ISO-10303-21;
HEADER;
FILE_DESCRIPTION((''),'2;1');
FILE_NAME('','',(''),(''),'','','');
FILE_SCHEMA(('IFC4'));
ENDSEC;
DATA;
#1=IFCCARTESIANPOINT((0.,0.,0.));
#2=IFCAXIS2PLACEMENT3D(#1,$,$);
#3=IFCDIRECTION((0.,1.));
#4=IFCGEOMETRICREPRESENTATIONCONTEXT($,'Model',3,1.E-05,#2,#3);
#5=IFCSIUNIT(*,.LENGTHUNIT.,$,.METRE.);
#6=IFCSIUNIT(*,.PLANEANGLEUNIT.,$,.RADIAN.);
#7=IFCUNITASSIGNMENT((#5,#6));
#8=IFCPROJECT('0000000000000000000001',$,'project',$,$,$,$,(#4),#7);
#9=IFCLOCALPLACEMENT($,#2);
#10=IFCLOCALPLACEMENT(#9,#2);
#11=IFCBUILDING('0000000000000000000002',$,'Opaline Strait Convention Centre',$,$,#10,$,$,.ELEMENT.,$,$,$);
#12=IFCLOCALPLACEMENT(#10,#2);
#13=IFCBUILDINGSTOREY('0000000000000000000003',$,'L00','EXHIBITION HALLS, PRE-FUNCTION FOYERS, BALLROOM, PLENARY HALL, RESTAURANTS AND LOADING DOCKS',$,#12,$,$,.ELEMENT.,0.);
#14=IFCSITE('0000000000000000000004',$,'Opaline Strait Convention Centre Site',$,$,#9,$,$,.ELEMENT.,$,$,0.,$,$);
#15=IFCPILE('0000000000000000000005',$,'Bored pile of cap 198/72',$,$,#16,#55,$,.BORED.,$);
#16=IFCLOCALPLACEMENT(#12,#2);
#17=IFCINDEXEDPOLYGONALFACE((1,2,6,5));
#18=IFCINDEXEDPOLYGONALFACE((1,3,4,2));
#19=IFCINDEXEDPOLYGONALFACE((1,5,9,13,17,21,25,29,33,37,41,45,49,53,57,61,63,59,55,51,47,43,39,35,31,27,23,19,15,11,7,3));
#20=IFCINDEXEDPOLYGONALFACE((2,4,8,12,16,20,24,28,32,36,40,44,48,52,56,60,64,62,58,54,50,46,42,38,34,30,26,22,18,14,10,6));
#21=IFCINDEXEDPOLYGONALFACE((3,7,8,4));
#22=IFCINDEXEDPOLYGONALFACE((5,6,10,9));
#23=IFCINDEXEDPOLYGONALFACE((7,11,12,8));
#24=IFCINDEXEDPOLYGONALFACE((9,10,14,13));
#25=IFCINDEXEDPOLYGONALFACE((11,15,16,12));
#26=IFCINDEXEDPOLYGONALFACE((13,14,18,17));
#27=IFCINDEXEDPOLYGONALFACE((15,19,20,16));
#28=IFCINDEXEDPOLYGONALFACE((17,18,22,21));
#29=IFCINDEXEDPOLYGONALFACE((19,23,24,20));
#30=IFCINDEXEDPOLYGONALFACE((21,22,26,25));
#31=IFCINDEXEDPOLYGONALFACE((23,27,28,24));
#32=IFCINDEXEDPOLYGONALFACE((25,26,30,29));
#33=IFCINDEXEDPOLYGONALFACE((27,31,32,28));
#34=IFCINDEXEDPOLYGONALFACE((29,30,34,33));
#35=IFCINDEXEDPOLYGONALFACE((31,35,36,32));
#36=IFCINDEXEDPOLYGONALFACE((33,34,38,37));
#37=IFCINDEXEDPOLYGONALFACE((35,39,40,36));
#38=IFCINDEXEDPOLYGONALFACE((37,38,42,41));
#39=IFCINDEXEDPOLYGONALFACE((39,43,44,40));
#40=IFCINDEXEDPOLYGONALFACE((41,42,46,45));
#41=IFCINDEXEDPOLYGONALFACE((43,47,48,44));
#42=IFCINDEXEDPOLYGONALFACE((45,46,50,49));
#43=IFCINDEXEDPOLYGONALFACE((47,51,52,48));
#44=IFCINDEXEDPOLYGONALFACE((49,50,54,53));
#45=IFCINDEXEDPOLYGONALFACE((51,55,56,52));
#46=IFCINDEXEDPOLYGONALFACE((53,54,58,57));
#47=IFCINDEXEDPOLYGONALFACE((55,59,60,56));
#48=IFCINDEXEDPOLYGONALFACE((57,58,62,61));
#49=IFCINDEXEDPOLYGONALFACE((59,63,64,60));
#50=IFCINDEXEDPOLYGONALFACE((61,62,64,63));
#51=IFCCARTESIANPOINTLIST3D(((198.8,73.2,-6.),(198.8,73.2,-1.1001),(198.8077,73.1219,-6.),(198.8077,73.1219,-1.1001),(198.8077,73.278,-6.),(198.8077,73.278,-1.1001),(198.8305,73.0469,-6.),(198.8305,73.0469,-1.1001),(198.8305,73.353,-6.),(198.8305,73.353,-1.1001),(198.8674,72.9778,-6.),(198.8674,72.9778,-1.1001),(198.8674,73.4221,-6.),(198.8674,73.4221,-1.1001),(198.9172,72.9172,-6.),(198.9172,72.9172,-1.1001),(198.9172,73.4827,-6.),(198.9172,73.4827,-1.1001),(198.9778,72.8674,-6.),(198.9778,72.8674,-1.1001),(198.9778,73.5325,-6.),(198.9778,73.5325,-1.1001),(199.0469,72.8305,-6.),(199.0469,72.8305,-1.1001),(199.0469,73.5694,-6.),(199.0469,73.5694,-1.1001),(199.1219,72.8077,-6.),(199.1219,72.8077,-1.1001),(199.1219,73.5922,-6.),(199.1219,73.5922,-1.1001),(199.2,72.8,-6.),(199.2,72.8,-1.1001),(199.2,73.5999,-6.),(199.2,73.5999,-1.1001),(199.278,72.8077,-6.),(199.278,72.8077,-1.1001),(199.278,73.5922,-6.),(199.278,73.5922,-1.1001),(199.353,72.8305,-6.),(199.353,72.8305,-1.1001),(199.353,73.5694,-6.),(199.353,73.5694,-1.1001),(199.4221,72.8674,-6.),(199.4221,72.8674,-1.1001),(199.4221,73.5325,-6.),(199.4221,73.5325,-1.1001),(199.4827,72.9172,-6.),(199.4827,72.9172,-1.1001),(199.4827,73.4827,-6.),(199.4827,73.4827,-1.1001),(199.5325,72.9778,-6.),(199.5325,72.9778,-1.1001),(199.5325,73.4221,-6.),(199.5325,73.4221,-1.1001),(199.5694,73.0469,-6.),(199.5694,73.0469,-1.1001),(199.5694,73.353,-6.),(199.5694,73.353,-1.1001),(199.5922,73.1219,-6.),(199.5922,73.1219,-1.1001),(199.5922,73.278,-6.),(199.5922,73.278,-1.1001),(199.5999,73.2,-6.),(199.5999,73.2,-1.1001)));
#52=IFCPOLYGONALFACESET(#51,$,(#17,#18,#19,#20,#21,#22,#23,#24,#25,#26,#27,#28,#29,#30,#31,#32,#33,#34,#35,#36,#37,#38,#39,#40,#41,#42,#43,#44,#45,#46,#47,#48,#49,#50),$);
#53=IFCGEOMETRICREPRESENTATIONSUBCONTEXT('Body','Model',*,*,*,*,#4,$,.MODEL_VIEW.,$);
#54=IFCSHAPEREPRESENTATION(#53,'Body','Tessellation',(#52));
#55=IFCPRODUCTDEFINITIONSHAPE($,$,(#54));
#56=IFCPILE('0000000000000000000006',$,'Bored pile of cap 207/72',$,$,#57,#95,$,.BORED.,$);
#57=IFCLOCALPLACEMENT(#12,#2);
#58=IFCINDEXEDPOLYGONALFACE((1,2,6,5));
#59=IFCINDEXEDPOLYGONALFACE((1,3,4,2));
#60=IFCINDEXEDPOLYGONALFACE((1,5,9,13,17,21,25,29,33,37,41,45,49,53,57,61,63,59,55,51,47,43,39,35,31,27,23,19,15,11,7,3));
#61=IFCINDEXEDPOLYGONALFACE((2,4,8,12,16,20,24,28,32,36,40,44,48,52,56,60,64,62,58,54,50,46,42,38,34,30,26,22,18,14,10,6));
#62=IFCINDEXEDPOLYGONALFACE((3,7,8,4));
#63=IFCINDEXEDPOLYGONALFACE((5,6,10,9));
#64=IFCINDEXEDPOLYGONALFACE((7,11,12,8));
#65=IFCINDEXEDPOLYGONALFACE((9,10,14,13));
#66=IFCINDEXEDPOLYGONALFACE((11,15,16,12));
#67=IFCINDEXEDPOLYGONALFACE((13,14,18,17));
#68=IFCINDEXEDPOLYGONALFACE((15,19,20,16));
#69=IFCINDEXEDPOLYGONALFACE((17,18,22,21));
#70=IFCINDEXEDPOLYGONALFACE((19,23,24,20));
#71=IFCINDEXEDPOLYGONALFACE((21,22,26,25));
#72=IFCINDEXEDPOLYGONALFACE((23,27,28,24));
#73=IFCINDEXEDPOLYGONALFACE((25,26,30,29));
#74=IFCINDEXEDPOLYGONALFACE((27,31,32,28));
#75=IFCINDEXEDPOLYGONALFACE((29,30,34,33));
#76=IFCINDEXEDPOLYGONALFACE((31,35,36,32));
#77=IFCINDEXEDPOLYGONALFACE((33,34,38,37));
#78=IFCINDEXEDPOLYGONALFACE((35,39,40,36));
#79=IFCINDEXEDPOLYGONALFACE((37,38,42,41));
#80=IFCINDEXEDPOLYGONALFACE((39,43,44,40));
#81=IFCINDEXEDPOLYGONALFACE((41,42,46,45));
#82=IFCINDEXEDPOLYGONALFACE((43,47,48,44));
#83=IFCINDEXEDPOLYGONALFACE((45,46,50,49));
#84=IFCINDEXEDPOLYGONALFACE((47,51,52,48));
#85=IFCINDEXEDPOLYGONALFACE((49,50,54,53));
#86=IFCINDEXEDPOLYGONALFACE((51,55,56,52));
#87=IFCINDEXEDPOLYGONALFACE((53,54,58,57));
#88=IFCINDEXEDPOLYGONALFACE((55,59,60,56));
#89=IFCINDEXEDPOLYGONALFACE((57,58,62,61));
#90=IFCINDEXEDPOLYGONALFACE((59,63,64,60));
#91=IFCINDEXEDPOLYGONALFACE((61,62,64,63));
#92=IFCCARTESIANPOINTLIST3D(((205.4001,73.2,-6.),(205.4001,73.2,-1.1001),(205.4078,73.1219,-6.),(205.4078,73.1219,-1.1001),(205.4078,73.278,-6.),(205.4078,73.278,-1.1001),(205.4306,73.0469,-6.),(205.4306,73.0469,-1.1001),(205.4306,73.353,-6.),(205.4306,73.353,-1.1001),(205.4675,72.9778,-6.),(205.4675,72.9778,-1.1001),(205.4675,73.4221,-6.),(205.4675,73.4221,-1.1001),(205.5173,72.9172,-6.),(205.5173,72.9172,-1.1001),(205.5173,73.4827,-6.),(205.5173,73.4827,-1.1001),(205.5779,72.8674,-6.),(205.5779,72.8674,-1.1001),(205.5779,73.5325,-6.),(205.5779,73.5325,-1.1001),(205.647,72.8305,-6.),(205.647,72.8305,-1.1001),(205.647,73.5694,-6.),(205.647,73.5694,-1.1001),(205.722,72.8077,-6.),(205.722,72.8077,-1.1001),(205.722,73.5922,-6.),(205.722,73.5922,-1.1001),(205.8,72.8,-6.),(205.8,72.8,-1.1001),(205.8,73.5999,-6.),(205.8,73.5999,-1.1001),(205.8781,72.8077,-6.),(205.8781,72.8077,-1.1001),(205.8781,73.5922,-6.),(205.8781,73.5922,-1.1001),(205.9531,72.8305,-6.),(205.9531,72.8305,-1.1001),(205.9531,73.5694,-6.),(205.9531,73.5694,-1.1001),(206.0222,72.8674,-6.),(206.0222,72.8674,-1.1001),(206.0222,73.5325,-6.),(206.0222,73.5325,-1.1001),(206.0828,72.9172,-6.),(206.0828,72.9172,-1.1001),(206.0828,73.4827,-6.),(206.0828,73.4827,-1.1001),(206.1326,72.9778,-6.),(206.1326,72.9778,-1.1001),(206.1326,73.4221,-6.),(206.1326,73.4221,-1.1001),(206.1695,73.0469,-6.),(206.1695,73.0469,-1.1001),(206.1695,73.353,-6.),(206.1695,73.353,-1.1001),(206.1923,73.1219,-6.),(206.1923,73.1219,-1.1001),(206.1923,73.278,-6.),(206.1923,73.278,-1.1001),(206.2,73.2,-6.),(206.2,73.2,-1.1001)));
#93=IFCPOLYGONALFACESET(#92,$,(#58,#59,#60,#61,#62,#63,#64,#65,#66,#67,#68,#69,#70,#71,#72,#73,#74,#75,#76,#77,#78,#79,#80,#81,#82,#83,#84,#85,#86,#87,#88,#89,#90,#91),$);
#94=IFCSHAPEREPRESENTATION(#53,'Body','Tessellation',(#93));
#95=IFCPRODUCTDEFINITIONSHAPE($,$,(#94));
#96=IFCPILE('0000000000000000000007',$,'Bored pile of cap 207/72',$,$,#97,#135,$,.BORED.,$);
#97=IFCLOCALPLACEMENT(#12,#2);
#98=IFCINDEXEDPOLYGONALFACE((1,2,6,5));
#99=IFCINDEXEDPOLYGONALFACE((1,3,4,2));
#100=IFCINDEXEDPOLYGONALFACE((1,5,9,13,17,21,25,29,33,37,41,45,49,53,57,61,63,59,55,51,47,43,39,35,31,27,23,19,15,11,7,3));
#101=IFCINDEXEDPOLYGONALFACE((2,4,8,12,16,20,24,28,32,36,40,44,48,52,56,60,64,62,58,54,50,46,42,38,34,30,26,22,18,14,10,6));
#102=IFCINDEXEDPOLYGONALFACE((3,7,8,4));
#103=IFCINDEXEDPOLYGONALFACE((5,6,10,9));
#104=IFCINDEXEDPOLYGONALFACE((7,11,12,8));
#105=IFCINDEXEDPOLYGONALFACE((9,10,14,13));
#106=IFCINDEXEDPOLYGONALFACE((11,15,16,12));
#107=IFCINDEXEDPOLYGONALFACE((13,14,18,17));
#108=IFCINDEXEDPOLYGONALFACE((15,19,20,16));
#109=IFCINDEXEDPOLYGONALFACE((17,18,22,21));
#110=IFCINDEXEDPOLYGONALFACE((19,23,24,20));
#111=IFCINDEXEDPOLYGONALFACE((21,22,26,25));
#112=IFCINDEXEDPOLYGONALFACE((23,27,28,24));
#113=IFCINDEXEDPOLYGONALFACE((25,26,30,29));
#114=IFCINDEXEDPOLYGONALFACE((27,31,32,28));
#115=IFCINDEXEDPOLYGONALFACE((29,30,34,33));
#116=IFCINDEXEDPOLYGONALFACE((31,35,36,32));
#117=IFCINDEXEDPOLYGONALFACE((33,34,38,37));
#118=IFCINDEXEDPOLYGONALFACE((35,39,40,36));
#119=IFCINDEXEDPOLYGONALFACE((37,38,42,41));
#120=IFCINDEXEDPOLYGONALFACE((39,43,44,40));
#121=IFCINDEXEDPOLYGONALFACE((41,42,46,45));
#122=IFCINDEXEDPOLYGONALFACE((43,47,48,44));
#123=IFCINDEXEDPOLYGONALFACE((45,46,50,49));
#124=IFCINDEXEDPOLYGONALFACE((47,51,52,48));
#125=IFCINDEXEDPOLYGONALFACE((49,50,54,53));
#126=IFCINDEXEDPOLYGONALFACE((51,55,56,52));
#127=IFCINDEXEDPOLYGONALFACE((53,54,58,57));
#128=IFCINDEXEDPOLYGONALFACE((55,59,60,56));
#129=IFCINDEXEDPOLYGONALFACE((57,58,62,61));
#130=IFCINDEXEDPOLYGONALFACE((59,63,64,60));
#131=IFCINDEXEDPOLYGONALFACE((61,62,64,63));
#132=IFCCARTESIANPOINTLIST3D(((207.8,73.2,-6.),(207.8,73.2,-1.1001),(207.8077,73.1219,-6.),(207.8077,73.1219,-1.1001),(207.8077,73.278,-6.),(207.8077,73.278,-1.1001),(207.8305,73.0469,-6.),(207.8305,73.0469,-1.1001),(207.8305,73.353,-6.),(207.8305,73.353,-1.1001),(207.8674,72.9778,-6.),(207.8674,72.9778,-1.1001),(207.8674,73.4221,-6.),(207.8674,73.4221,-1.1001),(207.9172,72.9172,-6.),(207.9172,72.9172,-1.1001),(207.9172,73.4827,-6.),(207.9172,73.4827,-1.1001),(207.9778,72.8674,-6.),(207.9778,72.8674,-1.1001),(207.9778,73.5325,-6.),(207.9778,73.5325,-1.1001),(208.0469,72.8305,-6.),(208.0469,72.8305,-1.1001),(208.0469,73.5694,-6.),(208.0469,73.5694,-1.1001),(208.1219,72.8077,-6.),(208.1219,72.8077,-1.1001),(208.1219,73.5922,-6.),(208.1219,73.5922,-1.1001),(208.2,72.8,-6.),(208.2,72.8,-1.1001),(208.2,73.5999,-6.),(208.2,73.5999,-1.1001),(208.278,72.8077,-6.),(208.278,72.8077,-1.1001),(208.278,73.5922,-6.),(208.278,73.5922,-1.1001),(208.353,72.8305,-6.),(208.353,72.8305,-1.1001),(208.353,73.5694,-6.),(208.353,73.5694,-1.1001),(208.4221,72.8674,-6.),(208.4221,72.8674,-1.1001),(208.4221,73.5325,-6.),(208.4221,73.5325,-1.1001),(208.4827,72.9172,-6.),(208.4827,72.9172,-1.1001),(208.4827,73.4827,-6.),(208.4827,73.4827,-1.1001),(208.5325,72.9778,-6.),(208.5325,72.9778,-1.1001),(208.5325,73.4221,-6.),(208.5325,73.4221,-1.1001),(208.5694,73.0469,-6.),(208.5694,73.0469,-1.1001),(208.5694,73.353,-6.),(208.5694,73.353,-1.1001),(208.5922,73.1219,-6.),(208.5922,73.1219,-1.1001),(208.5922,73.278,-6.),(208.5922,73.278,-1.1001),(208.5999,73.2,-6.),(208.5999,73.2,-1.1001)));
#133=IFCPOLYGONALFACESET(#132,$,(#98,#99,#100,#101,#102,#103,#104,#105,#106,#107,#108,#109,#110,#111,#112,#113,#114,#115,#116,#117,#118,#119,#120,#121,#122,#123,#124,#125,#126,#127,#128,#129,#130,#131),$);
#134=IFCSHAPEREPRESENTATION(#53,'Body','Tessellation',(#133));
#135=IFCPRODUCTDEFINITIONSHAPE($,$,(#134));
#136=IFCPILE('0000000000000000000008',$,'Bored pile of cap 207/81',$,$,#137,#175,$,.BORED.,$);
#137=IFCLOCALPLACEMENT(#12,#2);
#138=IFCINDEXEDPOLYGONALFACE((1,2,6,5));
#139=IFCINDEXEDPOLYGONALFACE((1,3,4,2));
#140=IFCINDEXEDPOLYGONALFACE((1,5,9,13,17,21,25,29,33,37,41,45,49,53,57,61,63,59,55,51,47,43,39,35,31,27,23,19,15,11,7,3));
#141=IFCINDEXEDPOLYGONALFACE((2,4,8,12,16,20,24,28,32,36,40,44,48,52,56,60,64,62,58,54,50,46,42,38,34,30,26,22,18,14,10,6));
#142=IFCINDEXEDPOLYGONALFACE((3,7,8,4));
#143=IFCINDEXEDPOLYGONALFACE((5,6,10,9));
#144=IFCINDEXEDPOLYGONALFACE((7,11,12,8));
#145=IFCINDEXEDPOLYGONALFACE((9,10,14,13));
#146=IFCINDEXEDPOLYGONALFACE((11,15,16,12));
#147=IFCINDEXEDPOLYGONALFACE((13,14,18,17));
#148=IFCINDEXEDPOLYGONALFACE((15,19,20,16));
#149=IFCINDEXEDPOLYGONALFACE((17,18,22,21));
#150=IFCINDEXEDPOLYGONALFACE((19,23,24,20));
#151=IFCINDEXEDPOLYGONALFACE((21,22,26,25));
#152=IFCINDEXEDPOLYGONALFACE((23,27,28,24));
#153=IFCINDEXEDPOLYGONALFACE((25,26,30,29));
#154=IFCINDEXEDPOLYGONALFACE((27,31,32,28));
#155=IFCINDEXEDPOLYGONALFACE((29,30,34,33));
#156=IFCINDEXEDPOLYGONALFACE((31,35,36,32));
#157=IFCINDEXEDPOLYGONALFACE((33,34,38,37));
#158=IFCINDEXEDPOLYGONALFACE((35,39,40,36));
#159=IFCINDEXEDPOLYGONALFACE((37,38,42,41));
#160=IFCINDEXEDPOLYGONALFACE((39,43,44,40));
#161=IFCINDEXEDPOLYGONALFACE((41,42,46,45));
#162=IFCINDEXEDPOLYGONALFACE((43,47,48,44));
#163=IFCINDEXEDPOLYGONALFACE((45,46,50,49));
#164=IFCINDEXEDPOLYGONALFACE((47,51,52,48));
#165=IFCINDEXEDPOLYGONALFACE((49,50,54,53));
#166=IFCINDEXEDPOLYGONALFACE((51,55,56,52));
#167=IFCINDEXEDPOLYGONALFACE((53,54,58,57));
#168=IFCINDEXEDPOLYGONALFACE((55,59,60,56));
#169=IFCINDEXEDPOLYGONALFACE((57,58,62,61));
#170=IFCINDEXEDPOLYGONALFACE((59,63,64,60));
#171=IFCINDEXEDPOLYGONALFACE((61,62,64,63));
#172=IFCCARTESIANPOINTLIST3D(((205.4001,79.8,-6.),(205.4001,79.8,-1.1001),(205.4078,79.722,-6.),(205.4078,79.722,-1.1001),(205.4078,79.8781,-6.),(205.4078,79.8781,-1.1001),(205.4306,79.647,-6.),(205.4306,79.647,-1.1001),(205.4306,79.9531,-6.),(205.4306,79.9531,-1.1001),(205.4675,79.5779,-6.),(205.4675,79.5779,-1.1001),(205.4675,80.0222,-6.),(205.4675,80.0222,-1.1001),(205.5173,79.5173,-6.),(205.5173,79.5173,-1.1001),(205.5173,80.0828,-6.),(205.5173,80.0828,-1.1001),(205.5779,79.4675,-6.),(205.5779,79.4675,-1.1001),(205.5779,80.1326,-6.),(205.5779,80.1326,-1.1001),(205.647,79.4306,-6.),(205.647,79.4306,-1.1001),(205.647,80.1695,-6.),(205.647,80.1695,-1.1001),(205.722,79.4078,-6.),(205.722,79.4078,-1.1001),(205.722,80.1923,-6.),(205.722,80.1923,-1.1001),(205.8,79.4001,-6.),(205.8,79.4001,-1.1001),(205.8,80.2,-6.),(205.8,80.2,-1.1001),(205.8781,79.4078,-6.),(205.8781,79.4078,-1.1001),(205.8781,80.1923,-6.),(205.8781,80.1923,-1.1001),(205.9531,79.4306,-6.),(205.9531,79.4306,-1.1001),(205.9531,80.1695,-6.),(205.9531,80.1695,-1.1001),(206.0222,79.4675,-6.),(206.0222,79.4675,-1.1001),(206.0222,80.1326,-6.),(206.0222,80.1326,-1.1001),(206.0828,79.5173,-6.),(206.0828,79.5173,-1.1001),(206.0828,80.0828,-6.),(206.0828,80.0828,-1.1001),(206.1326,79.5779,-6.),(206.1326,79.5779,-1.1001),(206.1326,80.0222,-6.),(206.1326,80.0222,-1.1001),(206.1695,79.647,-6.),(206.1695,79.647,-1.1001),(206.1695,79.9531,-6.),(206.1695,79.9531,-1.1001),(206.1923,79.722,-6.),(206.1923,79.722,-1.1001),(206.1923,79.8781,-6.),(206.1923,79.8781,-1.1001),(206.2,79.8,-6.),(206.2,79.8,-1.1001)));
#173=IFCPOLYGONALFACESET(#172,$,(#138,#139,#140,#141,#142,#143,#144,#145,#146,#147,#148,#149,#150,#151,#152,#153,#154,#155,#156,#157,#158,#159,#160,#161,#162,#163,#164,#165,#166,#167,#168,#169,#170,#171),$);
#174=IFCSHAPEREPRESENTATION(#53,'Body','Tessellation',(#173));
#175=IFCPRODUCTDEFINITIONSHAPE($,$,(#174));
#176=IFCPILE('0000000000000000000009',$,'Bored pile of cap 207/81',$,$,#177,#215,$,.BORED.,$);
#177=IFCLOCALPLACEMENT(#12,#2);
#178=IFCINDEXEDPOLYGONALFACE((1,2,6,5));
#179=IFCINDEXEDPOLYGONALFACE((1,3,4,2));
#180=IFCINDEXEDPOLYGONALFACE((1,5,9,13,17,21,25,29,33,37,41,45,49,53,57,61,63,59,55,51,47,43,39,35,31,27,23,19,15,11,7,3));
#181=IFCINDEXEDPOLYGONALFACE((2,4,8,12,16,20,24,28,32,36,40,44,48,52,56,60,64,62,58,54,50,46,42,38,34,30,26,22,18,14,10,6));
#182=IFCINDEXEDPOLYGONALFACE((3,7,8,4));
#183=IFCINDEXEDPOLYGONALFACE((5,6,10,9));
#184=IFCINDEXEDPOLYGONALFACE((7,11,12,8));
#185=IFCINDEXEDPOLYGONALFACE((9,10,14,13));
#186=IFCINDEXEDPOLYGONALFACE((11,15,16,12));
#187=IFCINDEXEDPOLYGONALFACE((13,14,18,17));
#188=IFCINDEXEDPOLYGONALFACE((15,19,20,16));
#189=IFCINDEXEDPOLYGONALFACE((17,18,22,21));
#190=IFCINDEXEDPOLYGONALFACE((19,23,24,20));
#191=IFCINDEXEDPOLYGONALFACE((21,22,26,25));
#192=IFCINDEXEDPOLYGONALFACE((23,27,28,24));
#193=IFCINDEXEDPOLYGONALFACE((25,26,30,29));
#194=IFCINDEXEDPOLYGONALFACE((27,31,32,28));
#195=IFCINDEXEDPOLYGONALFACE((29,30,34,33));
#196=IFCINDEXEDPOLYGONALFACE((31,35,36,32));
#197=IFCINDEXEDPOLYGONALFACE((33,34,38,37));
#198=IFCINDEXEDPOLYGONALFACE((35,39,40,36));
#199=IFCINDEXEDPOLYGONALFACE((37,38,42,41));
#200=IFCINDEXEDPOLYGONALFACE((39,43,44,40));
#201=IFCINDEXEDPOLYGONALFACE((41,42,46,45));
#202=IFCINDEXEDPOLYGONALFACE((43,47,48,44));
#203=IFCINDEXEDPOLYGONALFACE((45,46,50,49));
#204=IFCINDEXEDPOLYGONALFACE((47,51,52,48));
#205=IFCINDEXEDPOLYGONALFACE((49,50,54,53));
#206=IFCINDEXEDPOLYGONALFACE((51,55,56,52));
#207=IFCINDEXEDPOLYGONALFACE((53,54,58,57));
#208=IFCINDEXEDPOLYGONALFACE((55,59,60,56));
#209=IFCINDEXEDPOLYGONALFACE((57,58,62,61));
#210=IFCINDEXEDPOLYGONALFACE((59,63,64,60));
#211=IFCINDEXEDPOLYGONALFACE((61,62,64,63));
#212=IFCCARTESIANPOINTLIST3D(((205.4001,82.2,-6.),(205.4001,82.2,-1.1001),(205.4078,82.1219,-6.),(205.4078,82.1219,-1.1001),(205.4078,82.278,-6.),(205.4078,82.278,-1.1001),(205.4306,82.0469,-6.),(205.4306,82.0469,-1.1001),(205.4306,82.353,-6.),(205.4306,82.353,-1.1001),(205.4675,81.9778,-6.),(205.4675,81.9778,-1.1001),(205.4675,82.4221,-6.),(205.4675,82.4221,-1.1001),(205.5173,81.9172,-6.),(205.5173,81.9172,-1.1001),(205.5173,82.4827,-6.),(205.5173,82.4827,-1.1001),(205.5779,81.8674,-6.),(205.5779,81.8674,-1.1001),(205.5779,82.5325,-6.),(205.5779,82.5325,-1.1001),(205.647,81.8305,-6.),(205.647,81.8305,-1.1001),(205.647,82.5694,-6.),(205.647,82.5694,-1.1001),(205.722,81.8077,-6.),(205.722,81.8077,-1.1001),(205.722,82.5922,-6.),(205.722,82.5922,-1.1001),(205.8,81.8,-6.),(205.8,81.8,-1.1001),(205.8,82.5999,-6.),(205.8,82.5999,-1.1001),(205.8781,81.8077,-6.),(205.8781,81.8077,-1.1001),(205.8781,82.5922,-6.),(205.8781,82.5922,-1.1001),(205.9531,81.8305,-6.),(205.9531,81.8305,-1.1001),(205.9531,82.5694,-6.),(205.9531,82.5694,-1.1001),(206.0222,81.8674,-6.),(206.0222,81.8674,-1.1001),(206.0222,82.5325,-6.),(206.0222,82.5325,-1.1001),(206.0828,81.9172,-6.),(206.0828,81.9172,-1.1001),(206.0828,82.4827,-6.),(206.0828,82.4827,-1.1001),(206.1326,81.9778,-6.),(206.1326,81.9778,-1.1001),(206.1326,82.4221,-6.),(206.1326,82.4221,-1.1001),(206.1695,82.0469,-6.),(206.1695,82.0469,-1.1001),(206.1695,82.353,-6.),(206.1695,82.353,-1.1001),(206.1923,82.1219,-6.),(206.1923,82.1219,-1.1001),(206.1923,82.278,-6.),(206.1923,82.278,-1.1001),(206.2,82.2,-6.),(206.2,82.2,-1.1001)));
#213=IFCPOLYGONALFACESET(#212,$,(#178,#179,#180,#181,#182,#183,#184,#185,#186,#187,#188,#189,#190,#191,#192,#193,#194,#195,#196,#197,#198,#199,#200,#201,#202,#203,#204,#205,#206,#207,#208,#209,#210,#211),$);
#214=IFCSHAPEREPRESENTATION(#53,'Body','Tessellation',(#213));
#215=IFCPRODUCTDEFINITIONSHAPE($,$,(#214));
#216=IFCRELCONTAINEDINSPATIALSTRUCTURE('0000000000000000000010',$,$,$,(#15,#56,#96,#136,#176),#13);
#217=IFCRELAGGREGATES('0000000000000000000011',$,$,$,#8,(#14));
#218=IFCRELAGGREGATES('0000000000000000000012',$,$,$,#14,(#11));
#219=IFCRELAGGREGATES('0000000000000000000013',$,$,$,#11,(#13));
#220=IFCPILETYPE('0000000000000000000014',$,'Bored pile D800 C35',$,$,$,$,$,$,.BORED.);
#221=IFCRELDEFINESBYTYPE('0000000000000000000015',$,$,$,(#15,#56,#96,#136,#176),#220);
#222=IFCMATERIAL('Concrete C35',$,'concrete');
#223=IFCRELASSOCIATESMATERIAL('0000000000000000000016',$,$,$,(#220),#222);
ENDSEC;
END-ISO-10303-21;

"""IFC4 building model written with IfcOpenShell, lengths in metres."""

from ifc_helpers import new_model, si_unit, direction, frame, origin, origin_2d, place, context, subcontext, project, spatial, circle, extrude, material, material_profile, profile_set, type_object, element, save


model = new_model("IFC4")

# Units and contexts
model_context = context("Model", 3, precision=1e-05, world=origin(), true_north=direction((0.0, 1.0)))
body_context = subcontext(model_context, "Body", "Model", "MODEL_VIEW")
ifc_project = project(units=[si_unit("LENGTHUNIT", "METRE"), si_unit("PLANEANGLEUNIT", "RADIAN")], contexts=[model_context])

# Site, building, storey
site_placement = place(None, origin())
site = spatial("IfcSite", under=ifc_project, at=site_placement, Name="Opaline Strait Convention Centre Site", CompositionType="ELEMENT", RefElevation=0.0)
building_placement = place(site_placement, origin())
building = spatial("IfcBuilding", under=site, at=building_placement, Name="Opaline Strait Convention Centre", CompositionType="ELEMENT")
storey_placement = place(building_placement, origin())
storey = spatial("IfcBuildingStorey", under=building, at=storey_placement, Name="L00", Description="EXHIBITION HALLS, PRE-FUNCTION FOYERS, BALLROOM, PLENARY HALL, RESTAURANTS AND LOADING DOCKS", CompositionType="ELEMENT", Elevation=0.0)

# Piles
ifc_material_1 = material(Name="Concrete C35", Category="concrete")
ifc_material_profile_1 = material_profile(ifc_material_1, circle(Radius=0.3999, at=origin_2d()), Name="D800")
ifc_profile_set_1 = profile_set([ifc_material_profile_1], Name="Concrete C35")
pile_type = type_object("IfcPileType", Name="Bored pile D800 C35", PredefinedType="BORED", material=ifc_profile_set_1)
for number, where, z_axis, x_axis, name in (
    (1, (199.2, 73.2, -1.1001), (0.0, 0.0, -1.0), (1.0, 0.0, 0.0), "Bored pile of cap 198/72"),
    (2, (205.8, 73.2, -1.1001), (0.0, 0.0, -1.0), (1.0, 0.0, 0.0), "Bored pile of cap 207/72"),
    (3, (208.2, 73.2, -1.1001), (0.0, 0.0, -1.0), (1.0, 0.0, 0.0), "Bored pile of cap 207/72"),
    (4, (205.8, 79.8, -1.1001), (0.0, 0.0, -1.0), (1.0, 0.0, 0.0), "Bored pile of cap 207/81"),
    (5, (205.8, 82.2, -1.1001), (0.0, 0.0, -1.0), (1.0, 0.0, 0.0), "Bored pile of cap 207/81"),
):
    element("IfcPile", number, at=place(storey_placement, frame(where, z_axis=z_axis, x_axis=x_axis)), inside=storey, type_object=pile_type, Name=name, PredefinedType="BORED", context=body_context, shape_type="SweptSolid", body=[
        extrude(circle(Radius=0.3999, at=origin_2d()), origin(), (0.0, 0.0, 1.0), 4.8999),
    ])

save(model, "model.ifc")
